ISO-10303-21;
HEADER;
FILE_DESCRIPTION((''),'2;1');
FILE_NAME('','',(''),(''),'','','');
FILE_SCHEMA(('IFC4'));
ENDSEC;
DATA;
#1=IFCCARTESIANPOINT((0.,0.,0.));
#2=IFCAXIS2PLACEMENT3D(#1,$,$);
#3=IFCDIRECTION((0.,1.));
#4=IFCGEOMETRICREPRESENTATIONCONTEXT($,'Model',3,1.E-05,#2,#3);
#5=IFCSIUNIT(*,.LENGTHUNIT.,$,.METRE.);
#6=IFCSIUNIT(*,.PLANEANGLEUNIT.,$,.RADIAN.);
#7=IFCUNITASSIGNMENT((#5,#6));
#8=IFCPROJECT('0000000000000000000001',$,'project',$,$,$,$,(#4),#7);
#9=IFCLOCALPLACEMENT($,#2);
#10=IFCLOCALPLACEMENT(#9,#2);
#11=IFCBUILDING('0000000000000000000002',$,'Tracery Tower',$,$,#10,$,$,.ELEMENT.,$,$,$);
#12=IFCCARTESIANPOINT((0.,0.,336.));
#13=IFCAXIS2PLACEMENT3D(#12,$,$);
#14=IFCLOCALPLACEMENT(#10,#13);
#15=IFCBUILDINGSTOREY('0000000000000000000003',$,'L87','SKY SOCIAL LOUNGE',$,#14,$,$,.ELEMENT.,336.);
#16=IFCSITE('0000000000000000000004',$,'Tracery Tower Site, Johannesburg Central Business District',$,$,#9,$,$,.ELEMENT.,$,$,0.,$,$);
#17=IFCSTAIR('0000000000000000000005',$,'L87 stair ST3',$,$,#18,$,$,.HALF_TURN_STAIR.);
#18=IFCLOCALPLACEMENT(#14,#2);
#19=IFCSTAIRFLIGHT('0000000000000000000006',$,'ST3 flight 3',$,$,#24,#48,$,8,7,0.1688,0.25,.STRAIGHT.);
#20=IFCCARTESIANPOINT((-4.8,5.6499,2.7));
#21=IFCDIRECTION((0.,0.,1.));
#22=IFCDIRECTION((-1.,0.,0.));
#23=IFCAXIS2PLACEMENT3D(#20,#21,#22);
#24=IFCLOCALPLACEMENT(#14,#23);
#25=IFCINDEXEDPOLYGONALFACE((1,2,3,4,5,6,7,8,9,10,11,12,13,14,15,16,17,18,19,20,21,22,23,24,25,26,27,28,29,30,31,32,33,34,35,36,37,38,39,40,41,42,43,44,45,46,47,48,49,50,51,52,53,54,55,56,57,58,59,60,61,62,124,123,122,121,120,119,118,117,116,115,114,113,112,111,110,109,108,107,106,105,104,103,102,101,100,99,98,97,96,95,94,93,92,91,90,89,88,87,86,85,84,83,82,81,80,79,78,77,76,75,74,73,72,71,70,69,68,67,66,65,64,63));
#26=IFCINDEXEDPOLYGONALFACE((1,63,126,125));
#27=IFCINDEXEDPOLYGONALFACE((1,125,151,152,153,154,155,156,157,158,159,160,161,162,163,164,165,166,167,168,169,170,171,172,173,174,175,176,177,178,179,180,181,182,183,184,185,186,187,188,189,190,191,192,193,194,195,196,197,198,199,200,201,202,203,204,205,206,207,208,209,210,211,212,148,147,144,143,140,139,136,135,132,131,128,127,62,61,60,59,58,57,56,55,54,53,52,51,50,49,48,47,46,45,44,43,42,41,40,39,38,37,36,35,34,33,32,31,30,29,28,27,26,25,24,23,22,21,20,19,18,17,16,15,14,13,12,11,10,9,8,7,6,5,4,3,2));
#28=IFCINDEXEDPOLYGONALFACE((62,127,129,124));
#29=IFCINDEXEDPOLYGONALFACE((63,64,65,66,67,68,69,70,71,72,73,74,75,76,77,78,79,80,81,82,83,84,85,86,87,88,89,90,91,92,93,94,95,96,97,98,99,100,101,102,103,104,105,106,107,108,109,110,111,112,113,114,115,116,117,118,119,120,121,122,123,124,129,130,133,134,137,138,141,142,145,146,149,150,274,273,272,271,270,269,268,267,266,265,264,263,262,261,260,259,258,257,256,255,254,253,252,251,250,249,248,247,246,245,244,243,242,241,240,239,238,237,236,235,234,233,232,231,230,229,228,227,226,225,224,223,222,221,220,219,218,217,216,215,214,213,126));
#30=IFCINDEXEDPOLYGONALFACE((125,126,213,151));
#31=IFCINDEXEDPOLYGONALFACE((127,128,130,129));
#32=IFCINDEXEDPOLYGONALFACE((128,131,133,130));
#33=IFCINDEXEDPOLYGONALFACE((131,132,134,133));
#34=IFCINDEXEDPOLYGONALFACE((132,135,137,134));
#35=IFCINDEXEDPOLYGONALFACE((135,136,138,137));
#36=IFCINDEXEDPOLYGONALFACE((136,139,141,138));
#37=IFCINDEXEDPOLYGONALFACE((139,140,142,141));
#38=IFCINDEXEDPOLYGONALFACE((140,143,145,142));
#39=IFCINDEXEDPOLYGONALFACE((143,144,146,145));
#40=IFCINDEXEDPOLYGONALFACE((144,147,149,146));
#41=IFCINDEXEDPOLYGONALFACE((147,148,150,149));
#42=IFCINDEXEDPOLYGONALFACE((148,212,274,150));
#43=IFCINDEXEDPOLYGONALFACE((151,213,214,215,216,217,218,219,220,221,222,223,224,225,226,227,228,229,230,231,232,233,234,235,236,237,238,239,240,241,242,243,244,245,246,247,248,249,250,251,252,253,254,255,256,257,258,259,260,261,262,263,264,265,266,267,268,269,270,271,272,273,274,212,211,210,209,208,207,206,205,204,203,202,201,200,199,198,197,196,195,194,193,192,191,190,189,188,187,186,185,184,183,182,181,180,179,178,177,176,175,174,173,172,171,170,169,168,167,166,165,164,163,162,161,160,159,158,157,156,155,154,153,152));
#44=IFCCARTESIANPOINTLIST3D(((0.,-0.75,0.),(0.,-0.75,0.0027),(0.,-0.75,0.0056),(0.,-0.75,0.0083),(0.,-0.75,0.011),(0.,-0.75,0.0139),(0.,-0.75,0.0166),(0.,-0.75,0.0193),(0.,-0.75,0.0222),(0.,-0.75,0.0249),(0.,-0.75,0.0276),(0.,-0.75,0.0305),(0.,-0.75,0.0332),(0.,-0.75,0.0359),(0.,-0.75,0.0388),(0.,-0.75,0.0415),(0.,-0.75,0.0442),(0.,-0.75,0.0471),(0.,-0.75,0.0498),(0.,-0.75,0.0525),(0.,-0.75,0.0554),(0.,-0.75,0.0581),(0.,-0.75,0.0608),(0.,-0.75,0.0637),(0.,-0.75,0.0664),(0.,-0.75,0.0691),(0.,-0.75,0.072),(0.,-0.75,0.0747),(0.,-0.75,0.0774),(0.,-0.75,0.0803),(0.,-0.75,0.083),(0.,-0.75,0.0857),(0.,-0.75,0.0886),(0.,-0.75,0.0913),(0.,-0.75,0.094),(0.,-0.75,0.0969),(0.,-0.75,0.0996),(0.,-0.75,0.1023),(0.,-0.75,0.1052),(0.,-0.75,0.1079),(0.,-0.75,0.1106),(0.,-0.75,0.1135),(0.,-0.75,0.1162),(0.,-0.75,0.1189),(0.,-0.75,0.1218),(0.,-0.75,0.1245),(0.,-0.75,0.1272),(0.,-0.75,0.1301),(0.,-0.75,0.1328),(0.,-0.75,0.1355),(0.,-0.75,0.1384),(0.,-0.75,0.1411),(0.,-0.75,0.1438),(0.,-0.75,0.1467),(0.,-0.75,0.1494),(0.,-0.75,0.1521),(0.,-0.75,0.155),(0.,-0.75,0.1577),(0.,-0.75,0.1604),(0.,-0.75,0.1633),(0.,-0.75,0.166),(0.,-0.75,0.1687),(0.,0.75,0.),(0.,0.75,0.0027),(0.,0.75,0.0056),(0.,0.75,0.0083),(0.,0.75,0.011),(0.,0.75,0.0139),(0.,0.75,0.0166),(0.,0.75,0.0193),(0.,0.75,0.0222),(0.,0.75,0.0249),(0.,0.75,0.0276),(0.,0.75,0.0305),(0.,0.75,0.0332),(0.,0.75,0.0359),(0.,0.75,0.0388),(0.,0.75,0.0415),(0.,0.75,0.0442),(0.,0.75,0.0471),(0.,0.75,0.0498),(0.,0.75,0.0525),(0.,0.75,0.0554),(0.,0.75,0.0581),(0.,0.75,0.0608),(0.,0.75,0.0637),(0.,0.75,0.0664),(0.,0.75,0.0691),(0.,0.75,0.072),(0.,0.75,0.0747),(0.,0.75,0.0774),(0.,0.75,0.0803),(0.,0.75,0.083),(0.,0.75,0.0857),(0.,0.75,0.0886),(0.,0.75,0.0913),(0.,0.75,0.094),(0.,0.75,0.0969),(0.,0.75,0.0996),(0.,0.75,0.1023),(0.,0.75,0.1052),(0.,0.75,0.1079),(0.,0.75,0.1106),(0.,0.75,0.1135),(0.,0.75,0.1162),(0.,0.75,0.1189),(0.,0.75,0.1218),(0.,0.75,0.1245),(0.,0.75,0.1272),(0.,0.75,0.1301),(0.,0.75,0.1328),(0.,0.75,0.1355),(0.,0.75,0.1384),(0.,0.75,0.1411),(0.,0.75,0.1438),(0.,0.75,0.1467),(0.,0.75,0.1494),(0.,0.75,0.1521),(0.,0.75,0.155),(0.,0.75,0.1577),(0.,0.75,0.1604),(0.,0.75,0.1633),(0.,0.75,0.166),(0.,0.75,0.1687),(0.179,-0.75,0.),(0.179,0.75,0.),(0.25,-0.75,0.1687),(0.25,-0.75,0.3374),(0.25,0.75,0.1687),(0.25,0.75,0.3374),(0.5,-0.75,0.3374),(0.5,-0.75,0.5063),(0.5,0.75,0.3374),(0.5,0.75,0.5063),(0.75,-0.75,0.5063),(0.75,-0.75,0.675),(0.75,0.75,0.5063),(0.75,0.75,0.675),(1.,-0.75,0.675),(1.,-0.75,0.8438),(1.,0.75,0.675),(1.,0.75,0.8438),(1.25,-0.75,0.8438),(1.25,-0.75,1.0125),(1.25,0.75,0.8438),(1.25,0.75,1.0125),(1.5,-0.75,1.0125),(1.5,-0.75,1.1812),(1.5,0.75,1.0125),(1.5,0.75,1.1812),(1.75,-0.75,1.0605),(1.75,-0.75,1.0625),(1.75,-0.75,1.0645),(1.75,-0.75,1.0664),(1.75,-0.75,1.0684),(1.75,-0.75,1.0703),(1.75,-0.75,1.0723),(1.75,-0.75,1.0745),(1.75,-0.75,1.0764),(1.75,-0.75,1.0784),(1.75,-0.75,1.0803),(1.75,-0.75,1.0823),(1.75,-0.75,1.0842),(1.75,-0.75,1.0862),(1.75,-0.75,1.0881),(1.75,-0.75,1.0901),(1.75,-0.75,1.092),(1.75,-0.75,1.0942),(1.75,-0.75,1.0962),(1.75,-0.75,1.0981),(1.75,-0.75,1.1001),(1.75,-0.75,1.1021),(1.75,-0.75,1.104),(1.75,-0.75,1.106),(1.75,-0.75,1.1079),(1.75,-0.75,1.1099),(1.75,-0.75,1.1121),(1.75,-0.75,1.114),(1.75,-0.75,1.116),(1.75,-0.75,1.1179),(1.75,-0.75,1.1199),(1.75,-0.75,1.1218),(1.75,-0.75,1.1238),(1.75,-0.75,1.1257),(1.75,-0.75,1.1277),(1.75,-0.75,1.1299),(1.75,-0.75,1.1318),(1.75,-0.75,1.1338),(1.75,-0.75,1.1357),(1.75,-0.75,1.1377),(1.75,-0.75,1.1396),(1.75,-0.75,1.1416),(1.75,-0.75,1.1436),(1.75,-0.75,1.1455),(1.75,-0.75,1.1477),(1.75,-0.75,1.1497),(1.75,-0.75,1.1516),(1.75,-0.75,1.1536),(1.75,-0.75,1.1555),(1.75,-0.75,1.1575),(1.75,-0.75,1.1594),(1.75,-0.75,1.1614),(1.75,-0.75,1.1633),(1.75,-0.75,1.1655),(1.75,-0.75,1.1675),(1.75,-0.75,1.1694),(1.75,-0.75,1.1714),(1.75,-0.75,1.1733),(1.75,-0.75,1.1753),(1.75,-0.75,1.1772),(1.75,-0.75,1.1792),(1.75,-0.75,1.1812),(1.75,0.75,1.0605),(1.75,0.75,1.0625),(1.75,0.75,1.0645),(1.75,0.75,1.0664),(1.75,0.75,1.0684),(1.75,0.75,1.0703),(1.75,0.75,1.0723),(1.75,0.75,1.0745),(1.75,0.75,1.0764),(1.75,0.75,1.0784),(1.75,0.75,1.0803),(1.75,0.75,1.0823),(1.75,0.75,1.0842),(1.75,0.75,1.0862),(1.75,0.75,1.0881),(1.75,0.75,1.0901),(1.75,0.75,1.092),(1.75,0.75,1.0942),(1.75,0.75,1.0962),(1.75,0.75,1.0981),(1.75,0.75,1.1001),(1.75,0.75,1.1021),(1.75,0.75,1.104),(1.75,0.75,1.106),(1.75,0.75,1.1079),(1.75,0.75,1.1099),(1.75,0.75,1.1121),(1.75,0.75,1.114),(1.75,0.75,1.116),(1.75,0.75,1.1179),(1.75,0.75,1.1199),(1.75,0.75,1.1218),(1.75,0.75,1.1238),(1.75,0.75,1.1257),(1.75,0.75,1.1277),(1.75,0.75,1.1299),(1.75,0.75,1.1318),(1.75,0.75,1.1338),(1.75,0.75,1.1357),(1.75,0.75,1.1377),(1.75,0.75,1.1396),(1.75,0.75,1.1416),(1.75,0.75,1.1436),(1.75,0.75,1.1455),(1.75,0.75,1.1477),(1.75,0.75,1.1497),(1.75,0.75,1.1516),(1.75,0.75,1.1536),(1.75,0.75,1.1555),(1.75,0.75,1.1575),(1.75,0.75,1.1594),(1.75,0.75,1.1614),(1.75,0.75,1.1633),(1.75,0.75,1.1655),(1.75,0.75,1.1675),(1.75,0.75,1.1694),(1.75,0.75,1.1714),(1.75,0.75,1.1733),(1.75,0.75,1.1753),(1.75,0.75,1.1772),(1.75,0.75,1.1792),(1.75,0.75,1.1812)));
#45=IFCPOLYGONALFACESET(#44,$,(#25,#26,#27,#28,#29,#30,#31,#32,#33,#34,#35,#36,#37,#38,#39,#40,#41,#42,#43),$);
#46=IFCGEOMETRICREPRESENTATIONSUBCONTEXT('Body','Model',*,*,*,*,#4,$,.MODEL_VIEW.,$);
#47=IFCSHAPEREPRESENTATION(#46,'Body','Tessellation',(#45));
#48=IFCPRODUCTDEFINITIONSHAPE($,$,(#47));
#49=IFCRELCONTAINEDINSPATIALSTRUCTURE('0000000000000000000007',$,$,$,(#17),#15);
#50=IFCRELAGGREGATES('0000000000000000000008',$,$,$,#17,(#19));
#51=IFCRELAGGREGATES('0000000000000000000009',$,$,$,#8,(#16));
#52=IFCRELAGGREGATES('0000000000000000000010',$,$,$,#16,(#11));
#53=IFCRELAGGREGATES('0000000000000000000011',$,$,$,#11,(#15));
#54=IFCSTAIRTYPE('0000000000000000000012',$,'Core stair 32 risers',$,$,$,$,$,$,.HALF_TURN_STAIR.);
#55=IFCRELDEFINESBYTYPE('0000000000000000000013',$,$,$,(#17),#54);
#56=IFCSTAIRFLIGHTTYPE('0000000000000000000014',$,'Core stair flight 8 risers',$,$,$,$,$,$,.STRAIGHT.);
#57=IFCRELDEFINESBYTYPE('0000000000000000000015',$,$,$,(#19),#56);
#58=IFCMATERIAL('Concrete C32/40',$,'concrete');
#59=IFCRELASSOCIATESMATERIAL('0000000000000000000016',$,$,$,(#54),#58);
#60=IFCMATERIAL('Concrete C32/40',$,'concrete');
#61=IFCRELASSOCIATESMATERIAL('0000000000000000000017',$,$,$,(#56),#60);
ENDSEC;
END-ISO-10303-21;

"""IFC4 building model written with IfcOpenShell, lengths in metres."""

from ifc_helpers import new_model, si_unit, direction, frame, origin, place, context, subcontext, project, spatial, polyline, outline, extrude, material, type_object, element, aggregate, save


model = new_model("IFC4")

# Units and contexts
model_context = context("Model", 3, precision=1e-05, world=origin(), true_north=direction((0.0, 1.0)))
body_context = subcontext(model_context, "Body", "Model", "MODEL_VIEW")
ifc_project = project(units=[si_unit("LENGTHUNIT", "METRE"), si_unit("PLANEANGLEUNIT", "RADIAN")], contexts=[model_context])

# Site, building, storey
site_placement = place(None, origin())
site = spatial("IfcSite", under=ifc_project, at=site_placement, Name="Tracery Tower Site, Johannesburg Central Business District", CompositionType="ELEMENT", RefElevation=0.0)
building_placement = place(site_placement, origin())
building = spatial("IfcBuilding", under=site, at=building_placement, Name="Tracery Tower", CompositionType="ELEMENT")
storey_placement = place(building_placement, frame((0.0, 0.0, 336.0)))
storey = spatial("IfcBuildingStorey", under=building, at=storey_placement, Name="L87", Description="SKY SOCIAL LOUNGE", CompositionType="ELEMENT", Elevation=336.0)

# Stair, stair flight
ifc_material_1 = material(Name="Concrete C32/40", Category="concrete")
stair_type = type_object("IfcStairType", Name="Core stair 32 risers", PredefinedType="HALF_TURN_STAIR", material=ifc_material_1)
stair_placement = place(storey_placement, origin())
stair = element("IfcStair", 1, at=stair_placement, inside=storey, type_object=stair_type, Name="L87 stair ST3", PredefinedType="HALF_TURN_STAIR")
ifc_material_2 = material(Name="Concrete C32/40", Category="concrete")
stair_flight_type = type_object("IfcStairFlightType", Name="Core stair flight 8 risers", PredefinedType="STRAIGHT", material=ifc_material_2)
stair_flight_1_placement = place(storey_placement, frame((-4.8, 5.6499, 2.7), z_axis=(0.0, 0.0, 1.0), x_axis=(-1.0, 0.0, 0.0)))
stair_flight_1 = element("IfcStairFlight", 2, at=stair_flight_1_placement, type_object=stair_flight_type, Name="ST3 flight 3", NumberOfRisers=8, NumberOfTreads=7, PredefinedType="STRAIGHT", RiserHeight=0.1688, TreadLength=0.25, context=body_context, shape_type="SweptSolid", body=[
    extrude(outline(polyline([(0.0, 0.0), (0.0, 0.0027), (0.0, 0.0056), (0.0, 0.0083), (0.0, 0.011), (0.0, 0.0139), (0.0, 0.0166), (0.0, 0.0193), (0.0, 0.0222), (0.0, 0.0249), (0.0, 0.0276), (0.0, 0.0305), (0.0, 0.0332), (0.0, 0.0359), (0.0, 0.0388), (0.0, 0.0415), (0.0, 0.0442), (0.0, 0.0471), (0.0, 0.0498), (0.0, 0.0525), (0.0, 0.0554), (0.0, 0.0581), (0.0, 0.0608), (0.0, 0.0637), (0.0, 0.0664), (0.0, 0.0691), (0.0, 0.072), (0.0, 0.0747), (0.0, 0.0774), (0.0, 0.0803), (0.0, 0.083), (0.0, 0.0857), (0.0, 0.0886), (0.0, 0.0913), (0.0, 0.094), (0.0, 0.0969), (0.0, 0.0996), (0.0, 0.1023), (0.0, 0.1052), (0.0, 0.1079), (0.0, 0.1106), (0.0, 0.1135), (0.0, 0.1162), (0.0, 0.1189), (0.0, 0.1218), (0.0, 0.1245), (0.0, 0.1272), (0.0, 0.1301), (0.0, 0.1328), (0.0, 0.1355), (0.0, 0.1384), (0.0, 0.1411), (0.0, 0.1438), (0.0, 0.1467), (0.0, 0.1494), (0.0, 0.1521), (0.0, 0.155), (0.0, 0.1577), (0.0, 0.1604), (0.0, 0.1633), (0.0, 0.166), (0.0, 0.1687), (0.25, 0.1687), (0.25, 0.3374), (0.5, 0.3374), (0.5, 0.5063), (0.75, 0.5063), (0.75, 0.675), (1.0, 0.675), (1.0, 0.8438), (1.25, 0.8438), (1.25, 1.0125), (1.5, 1.0125), (1.5, 1.1812), (1.75, 1.1812), (1.75, 1.1792), (1.75, 1.1772), (1.75, 1.1753), (1.75, 1.1733), (1.75, 1.1714), (1.75, 1.1694), (1.75, 1.1675), (1.75, 1.1655), (1.75, 1.1633), (1.75, 1.1614), (1.75, 1.1594), (1.75, 1.1575), (1.75, 1.1555), (1.75, 1.1536), (1.75, 1.1516), (1.75, 1.1497), (1.75, 1.1477), (1.75, 1.1455), (1.75, 1.1436), (1.75, 1.1416), (1.75, 1.1396), (1.75, 1.1377), (1.75, 1.1357), (1.75, 1.1338), (1.75, 1.1318), (1.75, 1.1299), (1.75, 1.1277), (1.75, 1.1257), (1.75, 1.1238), (1.75, 1.1218), (1.75, 1.1199), (1.75, 1.1179), (1.75, 1.116), (1.75, 1.114), (1.75, 1.1121), (1.75, 1.1099), (1.75, 1.1079), (1.75, 1.106), (1.75, 1.104), (1.75, 1.1021), (1.75, 1.1001), (1.75, 1.0981), (1.75, 1.0962), (1.75, 1.0942), (1.75, 1.092), (1.75, 1.0901), (1.75, 1.0881), (1.75, 1.0862), (1.75, 1.0842), (1.75, 1.0823), (1.75, 1.0803), (1.75, 1.0784), (1.75, 1.0764), (1.75, 1.0745), (1.75, 1.0723), (1.75, 1.0703), (1.75, 1.0684), (1.75, 1.0664), (1.75, 1.0645), (1.75, 1.0625), (1.75, 1.0605), (0.179, 0.0), (0.0, 0.0)])), frame((0.0, 0.75, 0.0), z_axis=(0.0, -1.0, 0.0), x_axis=(1.0, 0.0, 0.0)), (0.0, 0.0, 1.0), 1.5),
])
aggregate(stair, [stair_flight_1])

save(model, "model.ifc")
